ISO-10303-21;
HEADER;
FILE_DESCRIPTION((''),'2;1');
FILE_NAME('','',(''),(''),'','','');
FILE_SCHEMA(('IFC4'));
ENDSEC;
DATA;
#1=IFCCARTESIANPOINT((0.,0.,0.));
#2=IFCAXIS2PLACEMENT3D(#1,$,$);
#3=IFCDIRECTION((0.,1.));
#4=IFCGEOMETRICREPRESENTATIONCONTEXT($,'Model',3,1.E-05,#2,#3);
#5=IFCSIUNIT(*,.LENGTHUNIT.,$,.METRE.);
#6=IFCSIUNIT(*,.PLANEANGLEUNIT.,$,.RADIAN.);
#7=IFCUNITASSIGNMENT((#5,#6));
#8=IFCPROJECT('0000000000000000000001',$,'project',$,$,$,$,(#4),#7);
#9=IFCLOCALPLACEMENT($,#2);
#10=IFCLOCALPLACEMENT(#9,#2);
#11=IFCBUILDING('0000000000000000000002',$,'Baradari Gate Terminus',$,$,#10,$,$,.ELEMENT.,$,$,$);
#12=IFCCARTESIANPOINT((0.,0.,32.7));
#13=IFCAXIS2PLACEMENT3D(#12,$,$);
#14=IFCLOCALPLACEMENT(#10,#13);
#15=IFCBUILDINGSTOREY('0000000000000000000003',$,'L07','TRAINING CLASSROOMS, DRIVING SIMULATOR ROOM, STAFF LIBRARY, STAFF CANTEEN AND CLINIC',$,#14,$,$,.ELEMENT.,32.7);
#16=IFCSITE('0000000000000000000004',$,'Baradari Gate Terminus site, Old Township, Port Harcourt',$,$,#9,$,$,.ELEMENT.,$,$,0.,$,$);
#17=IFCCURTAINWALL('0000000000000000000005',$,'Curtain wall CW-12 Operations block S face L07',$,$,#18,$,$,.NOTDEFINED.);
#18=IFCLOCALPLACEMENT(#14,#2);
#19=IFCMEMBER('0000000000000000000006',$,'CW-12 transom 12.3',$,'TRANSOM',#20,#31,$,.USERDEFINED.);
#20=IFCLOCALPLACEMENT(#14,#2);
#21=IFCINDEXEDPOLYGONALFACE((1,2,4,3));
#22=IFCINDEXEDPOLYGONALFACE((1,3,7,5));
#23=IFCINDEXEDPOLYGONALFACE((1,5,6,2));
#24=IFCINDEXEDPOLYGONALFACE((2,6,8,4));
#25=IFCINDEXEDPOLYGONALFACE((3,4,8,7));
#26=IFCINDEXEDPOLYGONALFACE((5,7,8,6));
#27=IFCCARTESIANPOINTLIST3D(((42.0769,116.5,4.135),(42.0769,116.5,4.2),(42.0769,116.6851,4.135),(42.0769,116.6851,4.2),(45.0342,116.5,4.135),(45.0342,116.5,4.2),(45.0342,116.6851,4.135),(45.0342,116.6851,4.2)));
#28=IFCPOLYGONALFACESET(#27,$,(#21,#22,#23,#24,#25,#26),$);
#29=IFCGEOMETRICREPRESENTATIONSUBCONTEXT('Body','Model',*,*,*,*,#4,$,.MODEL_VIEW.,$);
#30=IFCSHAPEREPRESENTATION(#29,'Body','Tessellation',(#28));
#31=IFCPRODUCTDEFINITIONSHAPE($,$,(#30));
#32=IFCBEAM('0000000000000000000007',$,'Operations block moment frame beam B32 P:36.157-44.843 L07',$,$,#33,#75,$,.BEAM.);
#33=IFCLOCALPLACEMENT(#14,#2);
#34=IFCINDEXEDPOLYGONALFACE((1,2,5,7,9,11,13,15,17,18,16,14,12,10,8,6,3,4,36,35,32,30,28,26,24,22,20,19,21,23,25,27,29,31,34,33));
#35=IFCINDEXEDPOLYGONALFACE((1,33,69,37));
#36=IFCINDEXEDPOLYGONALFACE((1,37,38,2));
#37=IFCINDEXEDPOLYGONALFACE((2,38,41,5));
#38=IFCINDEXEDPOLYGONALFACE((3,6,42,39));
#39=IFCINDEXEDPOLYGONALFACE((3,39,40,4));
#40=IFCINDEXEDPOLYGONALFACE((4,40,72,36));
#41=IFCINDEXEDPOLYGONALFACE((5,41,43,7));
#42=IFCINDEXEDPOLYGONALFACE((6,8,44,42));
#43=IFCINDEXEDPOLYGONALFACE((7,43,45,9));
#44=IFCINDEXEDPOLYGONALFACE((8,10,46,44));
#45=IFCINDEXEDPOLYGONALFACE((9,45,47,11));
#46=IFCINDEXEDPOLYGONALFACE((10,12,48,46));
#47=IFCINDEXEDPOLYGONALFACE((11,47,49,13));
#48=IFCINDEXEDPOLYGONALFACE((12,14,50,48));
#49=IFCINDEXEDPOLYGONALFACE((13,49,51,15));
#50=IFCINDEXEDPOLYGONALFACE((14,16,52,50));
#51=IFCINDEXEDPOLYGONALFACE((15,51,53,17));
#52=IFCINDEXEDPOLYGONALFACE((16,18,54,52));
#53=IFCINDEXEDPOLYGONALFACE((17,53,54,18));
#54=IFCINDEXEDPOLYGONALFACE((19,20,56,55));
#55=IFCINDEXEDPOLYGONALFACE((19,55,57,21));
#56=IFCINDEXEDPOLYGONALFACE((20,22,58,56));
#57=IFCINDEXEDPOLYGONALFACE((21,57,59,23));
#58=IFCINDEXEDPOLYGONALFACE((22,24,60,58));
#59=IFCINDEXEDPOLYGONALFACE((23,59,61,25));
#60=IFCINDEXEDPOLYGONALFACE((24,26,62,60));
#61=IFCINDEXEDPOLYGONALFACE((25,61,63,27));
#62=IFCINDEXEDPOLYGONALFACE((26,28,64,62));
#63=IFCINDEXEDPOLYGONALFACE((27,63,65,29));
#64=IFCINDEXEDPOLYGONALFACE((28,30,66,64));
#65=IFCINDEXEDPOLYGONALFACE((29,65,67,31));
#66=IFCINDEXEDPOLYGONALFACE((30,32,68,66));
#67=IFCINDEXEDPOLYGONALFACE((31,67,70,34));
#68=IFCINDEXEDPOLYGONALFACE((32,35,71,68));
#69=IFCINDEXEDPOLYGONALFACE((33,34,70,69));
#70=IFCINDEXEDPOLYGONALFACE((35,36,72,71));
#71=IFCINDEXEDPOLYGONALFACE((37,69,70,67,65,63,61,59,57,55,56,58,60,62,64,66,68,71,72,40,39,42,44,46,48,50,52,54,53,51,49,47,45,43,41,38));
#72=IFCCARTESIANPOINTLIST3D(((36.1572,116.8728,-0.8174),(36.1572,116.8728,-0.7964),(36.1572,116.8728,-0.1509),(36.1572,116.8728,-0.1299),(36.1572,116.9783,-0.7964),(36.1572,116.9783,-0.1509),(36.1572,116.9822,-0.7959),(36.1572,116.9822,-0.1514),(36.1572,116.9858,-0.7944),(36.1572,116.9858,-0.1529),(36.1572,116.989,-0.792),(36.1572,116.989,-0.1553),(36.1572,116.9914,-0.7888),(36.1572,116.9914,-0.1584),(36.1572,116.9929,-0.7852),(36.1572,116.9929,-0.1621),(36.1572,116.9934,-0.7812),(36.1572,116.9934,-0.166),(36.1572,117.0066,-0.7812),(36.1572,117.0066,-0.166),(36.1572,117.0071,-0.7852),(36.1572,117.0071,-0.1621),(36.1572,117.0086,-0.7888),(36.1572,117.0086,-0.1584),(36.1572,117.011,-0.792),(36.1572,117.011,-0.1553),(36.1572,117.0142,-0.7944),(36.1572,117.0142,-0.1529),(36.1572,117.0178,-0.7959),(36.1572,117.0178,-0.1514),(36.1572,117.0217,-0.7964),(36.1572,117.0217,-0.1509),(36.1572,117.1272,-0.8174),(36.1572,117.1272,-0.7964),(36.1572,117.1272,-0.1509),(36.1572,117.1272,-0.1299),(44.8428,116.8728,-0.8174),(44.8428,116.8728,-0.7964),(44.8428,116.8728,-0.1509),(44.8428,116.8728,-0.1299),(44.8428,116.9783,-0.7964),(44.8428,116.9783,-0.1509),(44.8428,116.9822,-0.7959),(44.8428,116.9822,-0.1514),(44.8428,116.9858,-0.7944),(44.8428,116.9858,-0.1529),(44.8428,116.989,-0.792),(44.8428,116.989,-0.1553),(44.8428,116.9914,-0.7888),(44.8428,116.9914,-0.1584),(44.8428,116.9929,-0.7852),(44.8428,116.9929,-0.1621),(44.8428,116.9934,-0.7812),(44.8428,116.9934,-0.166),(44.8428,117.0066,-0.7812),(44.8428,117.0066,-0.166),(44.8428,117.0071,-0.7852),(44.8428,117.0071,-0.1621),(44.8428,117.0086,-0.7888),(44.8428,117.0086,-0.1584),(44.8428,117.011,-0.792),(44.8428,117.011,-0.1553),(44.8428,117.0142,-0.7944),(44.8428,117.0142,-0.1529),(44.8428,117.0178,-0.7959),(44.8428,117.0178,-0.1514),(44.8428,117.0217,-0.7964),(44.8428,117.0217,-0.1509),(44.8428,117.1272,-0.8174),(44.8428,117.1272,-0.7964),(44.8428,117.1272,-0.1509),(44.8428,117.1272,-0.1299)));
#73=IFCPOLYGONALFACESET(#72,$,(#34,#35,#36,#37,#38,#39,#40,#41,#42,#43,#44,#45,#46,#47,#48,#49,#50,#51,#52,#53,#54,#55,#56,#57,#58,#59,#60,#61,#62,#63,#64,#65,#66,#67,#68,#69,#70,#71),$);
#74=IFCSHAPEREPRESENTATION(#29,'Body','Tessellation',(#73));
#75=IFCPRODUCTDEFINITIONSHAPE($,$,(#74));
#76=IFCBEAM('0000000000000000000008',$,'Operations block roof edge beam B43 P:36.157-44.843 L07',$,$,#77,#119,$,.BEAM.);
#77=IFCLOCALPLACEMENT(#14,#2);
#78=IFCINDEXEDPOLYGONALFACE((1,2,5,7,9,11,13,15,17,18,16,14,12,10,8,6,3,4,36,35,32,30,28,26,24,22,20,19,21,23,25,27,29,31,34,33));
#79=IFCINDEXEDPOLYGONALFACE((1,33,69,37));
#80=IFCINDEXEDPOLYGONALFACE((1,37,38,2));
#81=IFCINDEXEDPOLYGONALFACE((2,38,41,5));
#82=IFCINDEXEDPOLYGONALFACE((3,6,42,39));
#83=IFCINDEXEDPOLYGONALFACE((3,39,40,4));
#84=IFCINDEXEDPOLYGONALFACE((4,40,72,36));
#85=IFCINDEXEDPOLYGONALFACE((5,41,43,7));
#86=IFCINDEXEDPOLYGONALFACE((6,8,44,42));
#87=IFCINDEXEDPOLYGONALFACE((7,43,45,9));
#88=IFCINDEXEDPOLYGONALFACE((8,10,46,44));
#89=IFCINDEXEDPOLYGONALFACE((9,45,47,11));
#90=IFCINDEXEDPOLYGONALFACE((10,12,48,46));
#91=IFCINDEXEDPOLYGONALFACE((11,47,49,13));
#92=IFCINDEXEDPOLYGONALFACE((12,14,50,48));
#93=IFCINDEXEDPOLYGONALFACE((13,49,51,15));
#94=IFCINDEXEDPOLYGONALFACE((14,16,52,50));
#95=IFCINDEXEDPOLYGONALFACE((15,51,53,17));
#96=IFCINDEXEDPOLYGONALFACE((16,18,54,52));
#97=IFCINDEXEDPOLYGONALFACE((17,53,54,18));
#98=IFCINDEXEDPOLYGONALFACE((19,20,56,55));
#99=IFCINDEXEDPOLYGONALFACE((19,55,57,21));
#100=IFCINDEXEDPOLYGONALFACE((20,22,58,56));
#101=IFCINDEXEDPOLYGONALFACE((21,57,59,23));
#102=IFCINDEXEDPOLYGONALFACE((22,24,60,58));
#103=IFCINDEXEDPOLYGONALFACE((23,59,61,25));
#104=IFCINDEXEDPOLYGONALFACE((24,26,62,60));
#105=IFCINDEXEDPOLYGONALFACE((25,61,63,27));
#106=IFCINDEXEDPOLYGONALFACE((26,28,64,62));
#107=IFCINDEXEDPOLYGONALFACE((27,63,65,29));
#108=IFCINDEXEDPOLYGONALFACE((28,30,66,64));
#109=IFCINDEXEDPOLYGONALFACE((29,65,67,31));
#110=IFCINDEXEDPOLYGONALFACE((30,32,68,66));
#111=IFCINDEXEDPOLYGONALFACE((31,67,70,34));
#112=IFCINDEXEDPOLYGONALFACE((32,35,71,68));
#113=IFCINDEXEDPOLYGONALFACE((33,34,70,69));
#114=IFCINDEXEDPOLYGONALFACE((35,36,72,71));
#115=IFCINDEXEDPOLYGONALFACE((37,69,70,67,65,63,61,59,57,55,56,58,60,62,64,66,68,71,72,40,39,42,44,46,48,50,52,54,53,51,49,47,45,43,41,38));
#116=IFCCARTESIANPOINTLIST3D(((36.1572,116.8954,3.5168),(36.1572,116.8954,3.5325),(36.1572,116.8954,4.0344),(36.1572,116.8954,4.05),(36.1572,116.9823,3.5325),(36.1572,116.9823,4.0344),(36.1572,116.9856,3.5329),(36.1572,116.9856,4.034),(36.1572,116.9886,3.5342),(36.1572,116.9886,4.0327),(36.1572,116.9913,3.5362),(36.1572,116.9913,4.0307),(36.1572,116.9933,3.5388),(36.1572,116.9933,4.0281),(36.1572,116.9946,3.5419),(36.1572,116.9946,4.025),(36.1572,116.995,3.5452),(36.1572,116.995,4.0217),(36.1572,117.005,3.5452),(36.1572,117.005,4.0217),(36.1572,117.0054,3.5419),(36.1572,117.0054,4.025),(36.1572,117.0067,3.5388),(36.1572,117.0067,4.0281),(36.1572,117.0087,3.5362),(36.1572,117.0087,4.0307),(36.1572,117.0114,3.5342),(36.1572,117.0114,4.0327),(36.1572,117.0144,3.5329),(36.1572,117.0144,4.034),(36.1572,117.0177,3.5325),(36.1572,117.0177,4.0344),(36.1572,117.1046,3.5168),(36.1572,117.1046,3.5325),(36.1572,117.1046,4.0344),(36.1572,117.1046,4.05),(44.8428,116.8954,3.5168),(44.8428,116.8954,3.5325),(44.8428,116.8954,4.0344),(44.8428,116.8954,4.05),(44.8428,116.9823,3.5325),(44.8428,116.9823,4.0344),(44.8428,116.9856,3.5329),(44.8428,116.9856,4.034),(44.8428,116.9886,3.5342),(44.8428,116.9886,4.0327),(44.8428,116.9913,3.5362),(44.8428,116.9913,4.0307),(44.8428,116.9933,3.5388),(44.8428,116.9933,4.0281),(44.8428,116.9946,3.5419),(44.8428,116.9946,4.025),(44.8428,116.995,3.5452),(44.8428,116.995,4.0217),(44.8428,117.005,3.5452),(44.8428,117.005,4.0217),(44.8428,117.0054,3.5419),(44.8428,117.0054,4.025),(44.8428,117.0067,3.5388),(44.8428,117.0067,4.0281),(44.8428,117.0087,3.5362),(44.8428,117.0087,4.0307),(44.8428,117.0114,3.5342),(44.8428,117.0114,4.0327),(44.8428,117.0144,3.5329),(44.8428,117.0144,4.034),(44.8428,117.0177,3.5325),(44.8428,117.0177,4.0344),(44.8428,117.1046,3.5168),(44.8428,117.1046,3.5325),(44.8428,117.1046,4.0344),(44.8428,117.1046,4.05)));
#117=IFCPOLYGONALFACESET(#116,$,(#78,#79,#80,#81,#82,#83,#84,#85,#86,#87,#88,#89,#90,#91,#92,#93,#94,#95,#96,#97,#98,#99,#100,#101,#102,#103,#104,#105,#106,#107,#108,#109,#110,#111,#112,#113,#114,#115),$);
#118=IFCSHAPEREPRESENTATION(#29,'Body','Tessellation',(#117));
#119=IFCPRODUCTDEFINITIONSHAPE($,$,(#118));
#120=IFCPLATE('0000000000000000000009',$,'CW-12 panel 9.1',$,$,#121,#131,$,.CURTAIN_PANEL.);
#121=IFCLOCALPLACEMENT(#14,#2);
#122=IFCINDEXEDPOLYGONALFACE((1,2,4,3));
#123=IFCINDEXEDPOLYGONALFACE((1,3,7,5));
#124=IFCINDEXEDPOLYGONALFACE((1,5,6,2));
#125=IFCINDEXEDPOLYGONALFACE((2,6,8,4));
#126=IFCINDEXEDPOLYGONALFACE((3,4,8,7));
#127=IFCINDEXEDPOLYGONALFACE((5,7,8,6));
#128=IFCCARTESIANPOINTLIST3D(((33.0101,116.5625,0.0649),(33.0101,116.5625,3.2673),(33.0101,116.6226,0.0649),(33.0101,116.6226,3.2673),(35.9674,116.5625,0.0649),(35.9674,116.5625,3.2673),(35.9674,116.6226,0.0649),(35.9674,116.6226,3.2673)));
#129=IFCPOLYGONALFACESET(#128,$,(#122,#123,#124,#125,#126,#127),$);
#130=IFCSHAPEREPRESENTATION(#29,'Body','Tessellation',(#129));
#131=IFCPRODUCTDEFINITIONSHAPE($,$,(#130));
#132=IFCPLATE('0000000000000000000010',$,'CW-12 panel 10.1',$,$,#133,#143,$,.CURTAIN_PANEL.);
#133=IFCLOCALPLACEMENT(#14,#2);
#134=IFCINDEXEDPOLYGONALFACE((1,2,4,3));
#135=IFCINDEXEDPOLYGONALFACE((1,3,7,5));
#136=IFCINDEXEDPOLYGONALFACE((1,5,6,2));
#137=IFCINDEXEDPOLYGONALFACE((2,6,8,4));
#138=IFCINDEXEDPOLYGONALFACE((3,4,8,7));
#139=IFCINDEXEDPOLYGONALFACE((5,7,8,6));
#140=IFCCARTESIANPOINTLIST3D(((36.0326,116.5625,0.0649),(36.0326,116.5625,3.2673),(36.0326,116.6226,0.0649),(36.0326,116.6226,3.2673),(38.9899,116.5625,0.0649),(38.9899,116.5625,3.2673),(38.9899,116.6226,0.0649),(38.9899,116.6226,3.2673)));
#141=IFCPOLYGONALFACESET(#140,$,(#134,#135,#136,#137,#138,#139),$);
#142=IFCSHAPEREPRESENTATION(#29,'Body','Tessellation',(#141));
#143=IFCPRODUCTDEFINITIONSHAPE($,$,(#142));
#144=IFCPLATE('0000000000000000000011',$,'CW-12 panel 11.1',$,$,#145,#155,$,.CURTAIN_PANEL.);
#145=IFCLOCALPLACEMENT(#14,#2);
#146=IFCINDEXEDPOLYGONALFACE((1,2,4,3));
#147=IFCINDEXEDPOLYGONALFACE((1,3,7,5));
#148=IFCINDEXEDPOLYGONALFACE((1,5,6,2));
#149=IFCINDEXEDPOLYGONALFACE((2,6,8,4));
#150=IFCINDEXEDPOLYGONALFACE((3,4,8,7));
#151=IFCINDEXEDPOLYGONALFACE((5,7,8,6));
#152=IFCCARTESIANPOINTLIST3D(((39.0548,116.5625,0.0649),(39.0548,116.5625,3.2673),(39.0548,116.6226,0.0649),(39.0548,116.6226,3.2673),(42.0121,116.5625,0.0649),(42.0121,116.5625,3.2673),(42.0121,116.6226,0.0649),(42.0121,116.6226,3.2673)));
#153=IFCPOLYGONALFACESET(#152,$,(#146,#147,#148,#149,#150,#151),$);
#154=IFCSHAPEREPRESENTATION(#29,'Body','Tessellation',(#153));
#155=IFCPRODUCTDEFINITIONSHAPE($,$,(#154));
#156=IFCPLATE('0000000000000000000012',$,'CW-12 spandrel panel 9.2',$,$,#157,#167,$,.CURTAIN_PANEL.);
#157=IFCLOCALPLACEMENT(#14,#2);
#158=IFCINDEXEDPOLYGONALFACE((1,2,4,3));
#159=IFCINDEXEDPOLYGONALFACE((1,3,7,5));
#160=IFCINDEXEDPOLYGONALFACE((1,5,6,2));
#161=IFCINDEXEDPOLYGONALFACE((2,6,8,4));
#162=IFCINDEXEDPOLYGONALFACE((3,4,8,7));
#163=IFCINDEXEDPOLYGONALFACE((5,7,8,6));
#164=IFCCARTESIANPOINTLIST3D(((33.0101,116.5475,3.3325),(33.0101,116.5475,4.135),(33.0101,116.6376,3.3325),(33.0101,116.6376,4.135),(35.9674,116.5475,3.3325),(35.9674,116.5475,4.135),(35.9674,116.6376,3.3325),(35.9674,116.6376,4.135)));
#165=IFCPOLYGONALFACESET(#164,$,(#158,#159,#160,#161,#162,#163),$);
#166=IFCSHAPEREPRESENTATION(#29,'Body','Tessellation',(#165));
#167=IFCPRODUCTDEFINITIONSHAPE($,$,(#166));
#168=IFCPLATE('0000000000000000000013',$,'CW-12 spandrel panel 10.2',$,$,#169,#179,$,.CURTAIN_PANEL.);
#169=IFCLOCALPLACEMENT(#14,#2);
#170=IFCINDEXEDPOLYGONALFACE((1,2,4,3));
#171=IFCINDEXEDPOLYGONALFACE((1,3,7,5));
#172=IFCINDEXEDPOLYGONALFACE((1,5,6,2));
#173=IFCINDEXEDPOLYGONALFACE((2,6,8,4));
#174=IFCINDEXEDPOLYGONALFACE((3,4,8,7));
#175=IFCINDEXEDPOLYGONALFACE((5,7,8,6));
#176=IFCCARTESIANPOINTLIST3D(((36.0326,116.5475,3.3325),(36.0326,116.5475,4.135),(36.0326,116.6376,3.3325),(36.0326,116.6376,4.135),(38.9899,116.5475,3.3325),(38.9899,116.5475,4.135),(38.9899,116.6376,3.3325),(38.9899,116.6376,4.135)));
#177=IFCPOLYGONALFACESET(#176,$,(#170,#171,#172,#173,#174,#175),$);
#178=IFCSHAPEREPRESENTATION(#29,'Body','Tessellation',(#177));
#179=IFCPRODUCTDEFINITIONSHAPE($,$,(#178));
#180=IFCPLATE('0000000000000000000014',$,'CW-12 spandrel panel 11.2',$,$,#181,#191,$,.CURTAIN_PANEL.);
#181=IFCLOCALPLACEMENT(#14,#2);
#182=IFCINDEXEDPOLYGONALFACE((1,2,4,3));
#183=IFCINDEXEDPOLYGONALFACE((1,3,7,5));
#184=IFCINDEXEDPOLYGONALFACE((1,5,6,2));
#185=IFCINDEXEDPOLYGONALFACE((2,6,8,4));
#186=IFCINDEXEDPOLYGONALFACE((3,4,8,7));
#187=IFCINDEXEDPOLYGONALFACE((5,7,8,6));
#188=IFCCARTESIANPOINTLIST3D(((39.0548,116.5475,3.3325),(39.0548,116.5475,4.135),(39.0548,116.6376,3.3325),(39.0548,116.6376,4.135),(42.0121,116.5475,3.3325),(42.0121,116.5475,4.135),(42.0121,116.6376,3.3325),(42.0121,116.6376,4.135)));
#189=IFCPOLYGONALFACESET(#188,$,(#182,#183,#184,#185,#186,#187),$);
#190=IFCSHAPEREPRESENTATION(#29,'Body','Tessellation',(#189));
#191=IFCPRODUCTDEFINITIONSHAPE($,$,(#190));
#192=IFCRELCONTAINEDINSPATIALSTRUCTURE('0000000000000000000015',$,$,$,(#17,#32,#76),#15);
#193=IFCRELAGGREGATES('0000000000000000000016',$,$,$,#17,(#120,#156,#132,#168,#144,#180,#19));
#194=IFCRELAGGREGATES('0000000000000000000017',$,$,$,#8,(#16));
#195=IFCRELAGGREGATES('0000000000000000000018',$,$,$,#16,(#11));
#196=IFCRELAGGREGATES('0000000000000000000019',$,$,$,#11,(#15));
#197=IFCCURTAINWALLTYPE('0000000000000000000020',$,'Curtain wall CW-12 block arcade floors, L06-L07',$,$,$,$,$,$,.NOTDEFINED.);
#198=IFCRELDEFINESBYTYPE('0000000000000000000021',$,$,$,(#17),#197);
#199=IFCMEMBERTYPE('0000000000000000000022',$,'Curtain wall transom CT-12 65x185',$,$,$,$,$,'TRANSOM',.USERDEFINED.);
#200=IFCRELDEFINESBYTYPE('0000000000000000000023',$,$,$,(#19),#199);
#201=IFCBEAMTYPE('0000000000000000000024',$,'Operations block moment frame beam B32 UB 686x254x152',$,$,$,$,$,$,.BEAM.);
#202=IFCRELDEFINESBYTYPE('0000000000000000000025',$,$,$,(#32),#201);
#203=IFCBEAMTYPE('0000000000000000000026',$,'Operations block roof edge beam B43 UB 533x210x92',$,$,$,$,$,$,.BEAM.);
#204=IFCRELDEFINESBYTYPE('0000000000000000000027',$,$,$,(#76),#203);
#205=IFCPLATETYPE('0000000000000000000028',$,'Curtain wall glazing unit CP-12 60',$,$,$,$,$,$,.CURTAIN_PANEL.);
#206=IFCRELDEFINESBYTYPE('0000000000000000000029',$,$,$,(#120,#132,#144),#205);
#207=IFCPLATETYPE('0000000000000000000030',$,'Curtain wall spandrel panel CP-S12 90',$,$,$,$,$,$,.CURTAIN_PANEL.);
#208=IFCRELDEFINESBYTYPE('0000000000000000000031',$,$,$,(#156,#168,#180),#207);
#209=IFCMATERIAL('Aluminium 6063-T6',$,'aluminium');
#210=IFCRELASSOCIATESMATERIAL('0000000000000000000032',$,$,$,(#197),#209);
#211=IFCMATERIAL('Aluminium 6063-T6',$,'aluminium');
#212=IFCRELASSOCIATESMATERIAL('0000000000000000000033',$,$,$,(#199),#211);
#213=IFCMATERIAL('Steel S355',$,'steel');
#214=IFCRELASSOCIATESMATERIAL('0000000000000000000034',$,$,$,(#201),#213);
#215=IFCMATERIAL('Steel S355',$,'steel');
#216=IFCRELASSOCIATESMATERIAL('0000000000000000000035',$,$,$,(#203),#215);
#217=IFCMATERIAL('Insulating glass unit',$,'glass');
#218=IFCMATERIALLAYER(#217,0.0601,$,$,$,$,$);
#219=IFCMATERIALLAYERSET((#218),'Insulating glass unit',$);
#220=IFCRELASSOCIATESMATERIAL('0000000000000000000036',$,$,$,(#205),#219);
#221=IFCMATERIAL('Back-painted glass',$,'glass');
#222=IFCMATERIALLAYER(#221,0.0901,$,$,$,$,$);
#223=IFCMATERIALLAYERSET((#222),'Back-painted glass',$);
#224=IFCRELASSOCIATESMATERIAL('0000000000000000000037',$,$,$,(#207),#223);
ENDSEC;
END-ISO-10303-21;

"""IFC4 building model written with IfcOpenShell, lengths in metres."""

from ifc_helpers import new_model, si_unit, direction, frame, origin, origin_2d, place, context, subcontext, project, spatial, rectangle, i_section, extrude, material, layer, layer_set, material_profile, profile_set, type_object, element, aggregate, save


model = new_model("IFC4")

# Units and contexts
model_context = context("Model", 3, precision=1e-05, world=origin(), true_north=direction((0.0, 1.0)))
body_context = subcontext(model_context, "Body", "Model", "MODEL_VIEW")
ifc_project = project(units=[si_unit("LENGTHUNIT", "METRE"), si_unit("PLANEANGLEUNIT", "RADIAN")], contexts=[model_context])

# Site, building, storey
site_placement = place(None, origin())
site = spatial("IfcSite", under=ifc_project, at=site_placement, Name="Baradari Gate Terminus site, Old Township, Port Harcourt", CompositionType="ELEMENT", RefElevation=0.0)
building_placement = place(site_placement, origin())
building = spatial("IfcBuilding", under=site, at=building_placement, Name="Baradari Gate Terminus", CompositionType="ELEMENT")
storey_placement = place(building_placement, frame((0.0, 0.0, 32.7)))
storey = spatial("IfcBuildingStorey", under=building, at=storey_placement, Name="L07", Description="TRAINING CLASSROOMS, DRIVING SIMULATOR ROOM, STAFF LIBRARY, STAFF CANTEEN AND CLINIC", CompositionType="ELEMENT", Elevation=32.7)

# Curtain wall, member
ifc_material_1 = material(Name="Aluminium 6063-T6", Category="aluminium")
curtain_wall_type = type_object("IfcCurtainWallType", Name="Curtain wall CW-12 block arcade floors, L06-L07", PredefinedType="NOTDEFINED", material=ifc_material_1)
curtain_wall_placement = place(storey_placement, origin())
curtain_wall = element("IfcCurtainWall", 1, at=curtain_wall_placement, inside=storey, type_object=curtain_wall_type, Name="Curtain wall CW-12 Operations block S face L07", PredefinedType="NOTDEFINED")
ifc_material_2 = material(Name="Aluminium 6063-T6", Category="aluminium")
ifc_material_profile_1 = material_profile(ifc_material_2, rectangle(XDim=0.1851, YDim=0.0649, at=origin_2d()), Name="CT-12 65X185")
ifc_profile_set_1 = profile_set([ifc_material_profile_1], Name="Aluminium 6063-T6")
member_type = type_object("IfcMemberType", Name="Curtain wall transom CT-12 65x185", ElementType="TRANSOM", PredefinedType="USERDEFINED", material=ifc_profile_set_1)
member_1_placement = place(storey_placement, frame((42.0769, 116.5925, 4.1675), z_axis=(1.0, 0.0, 0.0), x_axis=(0.0, 1.0, 0.0)))
member_1 = element("IfcMember", 2, at=member_1_placement, type_object=member_type, Name="CW-12 transom 12.3", ObjectType="TRANSOM", PredefinedType="USERDEFINED", context=body_context, shape_type="SweptSolid", body=[
    extrude(rectangle(XDim=0.1851, YDim=0.0649, at=origin_2d()), origin(), (0.0, 0.0, 1.0), 2.9573),
])

# Beams
ifc_material_3 = material(Name="Steel S355", Category="steel")
ifc_material_profile_2 = material_profile(ifc_material_3, i_section(OverallWidth=0.2544, OverallDepth=0.6875, WebThickness=0.0132, FlangeThickness=0.021, FilletRadius=0.0151, at=origin_2d()), Name="UB 686x254x152")
ifc_profile_set_2 = profile_set([ifc_material_profile_2], Name="Steel S355")
beam_type_1 = type_object("IfcBeamType", Name="Operations block moment frame beam B32 UB 686x254x152", PredefinedType="BEAM", material=ifc_profile_set_2)
beam_1_placement = place(storey_placement, frame((36.1572, 117.0, -0.4736), z_axis=(1.0, 0.0, 0.0), x_axis=(0.0, 1.0, 0.0)))
element("IfcBeam", 3, at=beam_1_placement, inside=storey, type_object=beam_type_1, Name="Operations block moment frame beam B32 P:36.157-44.843 L07", PredefinedType="BEAM", context=body_context, shape_type="SweptSolid", body=[
    extrude(i_section(OverallWidth=0.2544, OverallDepth=0.6875, WebThickness=0.0132, FlangeThickness=0.021, FilletRadius=0.0151, at=origin_2d()), origin(), (0.0, 0.0, 1.0), 8.6855),
])
ifc_material_4 = material(Name="Steel S355", Category="steel")
ifc_material_profile_3 = material_profile(ifc_material_4, i_section(OverallWidth=0.2092, OverallDepth=0.5332, WebThickness=0.01, FlangeThickness=0.0156, FilletRadius=0.0127, at=origin_2d()), Name="UB 533x210x92")
ifc_profile_set_3 = profile_set([ifc_material_profile_3], Name="Steel S355")
beam_type_2 = type_object("IfcBeamType", Name="Operations block roof edge beam B43 UB 533x210x92", PredefinedType="BEAM", material=ifc_profile_set_3)
beam_2_placement = place(storey_placement, frame((36.1572, 117.0, 3.7834), z_axis=(1.0, 0.0, 0.0), x_axis=(0.0, 1.0, 0.0)))
element("IfcBeam", 4, at=beam_2_placement, inside=storey, type_object=beam_type_2, Name="Operations block roof edge beam B43 P:36.157-44.843 L07", PredefinedType="BEAM", context=body_context, shape_type="SweptSolid", body=[
    extrude(i_section(OverallWidth=0.2092, OverallDepth=0.5332, WebThickness=0.01, FlangeThickness=0.0156, FilletRadius=0.0127, at=origin_2d()), origin(), (0.0, 0.0, 1.0), 8.6855),
])

# Plates
ifc_material_5 = material(Name="Insulating glass unit", Category="glass")
ifc_layer_1 = layer(ifc_material_5, 0.0601)
ifc_layer_set_1 = layer_set([ifc_layer_1], Name="Insulating glass unit")
plate_type_1 = type_object("IfcPlateType", Name="Curtain wall glazing unit CP-12 60", PredefinedType="CURTAIN_PANEL", material=ifc_layer_set_1)
plate_1_placement = place(storey_placement, frame((34.4888, 116.5925, 0.0649), z_axis=(0.0, 0.0, 1.0), x_axis=(1.0, 0.0, 0.0)))
plate_1 = element("IfcPlate", 5, at=plate_1_placement, type_object=plate_type_1, Name="CW-12 panel 9.1", PredefinedType="CURTAIN_PANEL", context=body_context, shape_type="SweptSolid", body=[
    extrude(rectangle(XDim=2.9573, YDim=0.0601, at=origin_2d()), origin(), (0.0, 0.0, 1.0), 3.2024),
])
plate_2_placement = place(storey_placement, frame((37.5112, 116.5925, 0.0649), z_axis=(0.0, 0.0, 1.0), x_axis=(1.0, 0.0, 0.0)))
plate_2 = element("IfcPlate", 6, at=plate_2_placement, type_object=plate_type_1, Name="CW-12 panel 10.1", PredefinedType="CURTAIN_PANEL", context=body_context, shape_type="SweptSolid", body=[
    extrude(rectangle(XDim=2.9573, YDim=0.0601, at=origin_2d()), origin(), (0.0, 0.0, 1.0), 3.2024),
])
plate_3_placement = place(storey_placement, frame((40.5334, 116.5925, 0.0649), z_axis=(0.0, 0.0, 1.0), x_axis=(1.0, 0.0, 0.0)))
plate_3 = element("IfcPlate", 7, at=plate_3_placement, type_object=plate_type_1, Name="CW-12 panel 11.1", PredefinedType="CURTAIN_PANEL", context=body_context, shape_type="SweptSolid", body=[
    extrude(rectangle(XDim=2.9573, YDim=0.0601, at=origin_2d()), origin(), (0.0, 0.0, 1.0), 3.2024),
])
ifc_material_6 = material(Name="Back-painted glass", Category="glass")
ifc_layer_2 = layer(ifc_material_6, 0.0901)
ifc_layer_set_2 = layer_set([ifc_layer_2], Name="Back-painted glass")
plate_type_2 = type_object("IfcPlateType", Name="Curtain wall spandrel panel CP-S12 90", PredefinedType="CURTAIN_PANEL", material=ifc_layer_set_2)
plate_4_placement = place(storey_placement, frame((34.4888, 116.5925, 3.3325), z_axis=(0.0, 0.0, 1.0), x_axis=(1.0, 0.0, 0.0)))
plate_4 = element("IfcPlate", 8, at=plate_4_placement, type_object=plate_type_2, Name="CW-12 spandrel panel 9.2", PredefinedType="CURTAIN_PANEL", context=body_context, shape_type="SweptSolid", body=[
    extrude(rectangle(XDim=2.9573, YDim=0.0901, at=origin_2d()), origin(), (0.0, 0.0, 1.0), 0.8025),
])
plate_5_placement = place(storey_placement, frame((37.5112, 116.5925, 3.3325), z_axis=(0.0, 0.0, 1.0), x_axis=(1.0, 0.0, 0.0)))
plate_5 = element("IfcPlate", 9, at=plate_5_placement, type_object=plate_type_2, Name="CW-12 spandrel panel 10.2", PredefinedType="CURTAIN_PANEL", context=body_context, shape_type="SweptSolid", body=[
    extrude(rectangle(XDim=2.9573, YDim=0.0901, at=origin_2d()), origin(), (0.0, 0.0, 1.0), 0.8025),
])
plate_6_placement = place(storey_placement, frame((40.5334, 116.5925, 3.3325), z_axis=(0.0, 0.0, 1.0), x_axis=(1.0, 0.0, 0.0)))
plate_6 = element("IfcPlate", 10, at=plate_6_placement, type_object=plate_type_2, Name="CW-12 spandrel panel 11.2", PredefinedType="CURTAIN_PANEL", context=body_context, shape_type="SweptSolid", body=[
    extrude(rectangle(XDim=2.9573, YDim=0.0901, at=origin_2d()), origin(), (0.0, 0.0, 1.0), 0.8025),
])
aggregate(curtain_wall, [plate_1, plate_4, plate_2, plate_5, plate_3, plate_6, member_1])

save(model, "model.ifc")
